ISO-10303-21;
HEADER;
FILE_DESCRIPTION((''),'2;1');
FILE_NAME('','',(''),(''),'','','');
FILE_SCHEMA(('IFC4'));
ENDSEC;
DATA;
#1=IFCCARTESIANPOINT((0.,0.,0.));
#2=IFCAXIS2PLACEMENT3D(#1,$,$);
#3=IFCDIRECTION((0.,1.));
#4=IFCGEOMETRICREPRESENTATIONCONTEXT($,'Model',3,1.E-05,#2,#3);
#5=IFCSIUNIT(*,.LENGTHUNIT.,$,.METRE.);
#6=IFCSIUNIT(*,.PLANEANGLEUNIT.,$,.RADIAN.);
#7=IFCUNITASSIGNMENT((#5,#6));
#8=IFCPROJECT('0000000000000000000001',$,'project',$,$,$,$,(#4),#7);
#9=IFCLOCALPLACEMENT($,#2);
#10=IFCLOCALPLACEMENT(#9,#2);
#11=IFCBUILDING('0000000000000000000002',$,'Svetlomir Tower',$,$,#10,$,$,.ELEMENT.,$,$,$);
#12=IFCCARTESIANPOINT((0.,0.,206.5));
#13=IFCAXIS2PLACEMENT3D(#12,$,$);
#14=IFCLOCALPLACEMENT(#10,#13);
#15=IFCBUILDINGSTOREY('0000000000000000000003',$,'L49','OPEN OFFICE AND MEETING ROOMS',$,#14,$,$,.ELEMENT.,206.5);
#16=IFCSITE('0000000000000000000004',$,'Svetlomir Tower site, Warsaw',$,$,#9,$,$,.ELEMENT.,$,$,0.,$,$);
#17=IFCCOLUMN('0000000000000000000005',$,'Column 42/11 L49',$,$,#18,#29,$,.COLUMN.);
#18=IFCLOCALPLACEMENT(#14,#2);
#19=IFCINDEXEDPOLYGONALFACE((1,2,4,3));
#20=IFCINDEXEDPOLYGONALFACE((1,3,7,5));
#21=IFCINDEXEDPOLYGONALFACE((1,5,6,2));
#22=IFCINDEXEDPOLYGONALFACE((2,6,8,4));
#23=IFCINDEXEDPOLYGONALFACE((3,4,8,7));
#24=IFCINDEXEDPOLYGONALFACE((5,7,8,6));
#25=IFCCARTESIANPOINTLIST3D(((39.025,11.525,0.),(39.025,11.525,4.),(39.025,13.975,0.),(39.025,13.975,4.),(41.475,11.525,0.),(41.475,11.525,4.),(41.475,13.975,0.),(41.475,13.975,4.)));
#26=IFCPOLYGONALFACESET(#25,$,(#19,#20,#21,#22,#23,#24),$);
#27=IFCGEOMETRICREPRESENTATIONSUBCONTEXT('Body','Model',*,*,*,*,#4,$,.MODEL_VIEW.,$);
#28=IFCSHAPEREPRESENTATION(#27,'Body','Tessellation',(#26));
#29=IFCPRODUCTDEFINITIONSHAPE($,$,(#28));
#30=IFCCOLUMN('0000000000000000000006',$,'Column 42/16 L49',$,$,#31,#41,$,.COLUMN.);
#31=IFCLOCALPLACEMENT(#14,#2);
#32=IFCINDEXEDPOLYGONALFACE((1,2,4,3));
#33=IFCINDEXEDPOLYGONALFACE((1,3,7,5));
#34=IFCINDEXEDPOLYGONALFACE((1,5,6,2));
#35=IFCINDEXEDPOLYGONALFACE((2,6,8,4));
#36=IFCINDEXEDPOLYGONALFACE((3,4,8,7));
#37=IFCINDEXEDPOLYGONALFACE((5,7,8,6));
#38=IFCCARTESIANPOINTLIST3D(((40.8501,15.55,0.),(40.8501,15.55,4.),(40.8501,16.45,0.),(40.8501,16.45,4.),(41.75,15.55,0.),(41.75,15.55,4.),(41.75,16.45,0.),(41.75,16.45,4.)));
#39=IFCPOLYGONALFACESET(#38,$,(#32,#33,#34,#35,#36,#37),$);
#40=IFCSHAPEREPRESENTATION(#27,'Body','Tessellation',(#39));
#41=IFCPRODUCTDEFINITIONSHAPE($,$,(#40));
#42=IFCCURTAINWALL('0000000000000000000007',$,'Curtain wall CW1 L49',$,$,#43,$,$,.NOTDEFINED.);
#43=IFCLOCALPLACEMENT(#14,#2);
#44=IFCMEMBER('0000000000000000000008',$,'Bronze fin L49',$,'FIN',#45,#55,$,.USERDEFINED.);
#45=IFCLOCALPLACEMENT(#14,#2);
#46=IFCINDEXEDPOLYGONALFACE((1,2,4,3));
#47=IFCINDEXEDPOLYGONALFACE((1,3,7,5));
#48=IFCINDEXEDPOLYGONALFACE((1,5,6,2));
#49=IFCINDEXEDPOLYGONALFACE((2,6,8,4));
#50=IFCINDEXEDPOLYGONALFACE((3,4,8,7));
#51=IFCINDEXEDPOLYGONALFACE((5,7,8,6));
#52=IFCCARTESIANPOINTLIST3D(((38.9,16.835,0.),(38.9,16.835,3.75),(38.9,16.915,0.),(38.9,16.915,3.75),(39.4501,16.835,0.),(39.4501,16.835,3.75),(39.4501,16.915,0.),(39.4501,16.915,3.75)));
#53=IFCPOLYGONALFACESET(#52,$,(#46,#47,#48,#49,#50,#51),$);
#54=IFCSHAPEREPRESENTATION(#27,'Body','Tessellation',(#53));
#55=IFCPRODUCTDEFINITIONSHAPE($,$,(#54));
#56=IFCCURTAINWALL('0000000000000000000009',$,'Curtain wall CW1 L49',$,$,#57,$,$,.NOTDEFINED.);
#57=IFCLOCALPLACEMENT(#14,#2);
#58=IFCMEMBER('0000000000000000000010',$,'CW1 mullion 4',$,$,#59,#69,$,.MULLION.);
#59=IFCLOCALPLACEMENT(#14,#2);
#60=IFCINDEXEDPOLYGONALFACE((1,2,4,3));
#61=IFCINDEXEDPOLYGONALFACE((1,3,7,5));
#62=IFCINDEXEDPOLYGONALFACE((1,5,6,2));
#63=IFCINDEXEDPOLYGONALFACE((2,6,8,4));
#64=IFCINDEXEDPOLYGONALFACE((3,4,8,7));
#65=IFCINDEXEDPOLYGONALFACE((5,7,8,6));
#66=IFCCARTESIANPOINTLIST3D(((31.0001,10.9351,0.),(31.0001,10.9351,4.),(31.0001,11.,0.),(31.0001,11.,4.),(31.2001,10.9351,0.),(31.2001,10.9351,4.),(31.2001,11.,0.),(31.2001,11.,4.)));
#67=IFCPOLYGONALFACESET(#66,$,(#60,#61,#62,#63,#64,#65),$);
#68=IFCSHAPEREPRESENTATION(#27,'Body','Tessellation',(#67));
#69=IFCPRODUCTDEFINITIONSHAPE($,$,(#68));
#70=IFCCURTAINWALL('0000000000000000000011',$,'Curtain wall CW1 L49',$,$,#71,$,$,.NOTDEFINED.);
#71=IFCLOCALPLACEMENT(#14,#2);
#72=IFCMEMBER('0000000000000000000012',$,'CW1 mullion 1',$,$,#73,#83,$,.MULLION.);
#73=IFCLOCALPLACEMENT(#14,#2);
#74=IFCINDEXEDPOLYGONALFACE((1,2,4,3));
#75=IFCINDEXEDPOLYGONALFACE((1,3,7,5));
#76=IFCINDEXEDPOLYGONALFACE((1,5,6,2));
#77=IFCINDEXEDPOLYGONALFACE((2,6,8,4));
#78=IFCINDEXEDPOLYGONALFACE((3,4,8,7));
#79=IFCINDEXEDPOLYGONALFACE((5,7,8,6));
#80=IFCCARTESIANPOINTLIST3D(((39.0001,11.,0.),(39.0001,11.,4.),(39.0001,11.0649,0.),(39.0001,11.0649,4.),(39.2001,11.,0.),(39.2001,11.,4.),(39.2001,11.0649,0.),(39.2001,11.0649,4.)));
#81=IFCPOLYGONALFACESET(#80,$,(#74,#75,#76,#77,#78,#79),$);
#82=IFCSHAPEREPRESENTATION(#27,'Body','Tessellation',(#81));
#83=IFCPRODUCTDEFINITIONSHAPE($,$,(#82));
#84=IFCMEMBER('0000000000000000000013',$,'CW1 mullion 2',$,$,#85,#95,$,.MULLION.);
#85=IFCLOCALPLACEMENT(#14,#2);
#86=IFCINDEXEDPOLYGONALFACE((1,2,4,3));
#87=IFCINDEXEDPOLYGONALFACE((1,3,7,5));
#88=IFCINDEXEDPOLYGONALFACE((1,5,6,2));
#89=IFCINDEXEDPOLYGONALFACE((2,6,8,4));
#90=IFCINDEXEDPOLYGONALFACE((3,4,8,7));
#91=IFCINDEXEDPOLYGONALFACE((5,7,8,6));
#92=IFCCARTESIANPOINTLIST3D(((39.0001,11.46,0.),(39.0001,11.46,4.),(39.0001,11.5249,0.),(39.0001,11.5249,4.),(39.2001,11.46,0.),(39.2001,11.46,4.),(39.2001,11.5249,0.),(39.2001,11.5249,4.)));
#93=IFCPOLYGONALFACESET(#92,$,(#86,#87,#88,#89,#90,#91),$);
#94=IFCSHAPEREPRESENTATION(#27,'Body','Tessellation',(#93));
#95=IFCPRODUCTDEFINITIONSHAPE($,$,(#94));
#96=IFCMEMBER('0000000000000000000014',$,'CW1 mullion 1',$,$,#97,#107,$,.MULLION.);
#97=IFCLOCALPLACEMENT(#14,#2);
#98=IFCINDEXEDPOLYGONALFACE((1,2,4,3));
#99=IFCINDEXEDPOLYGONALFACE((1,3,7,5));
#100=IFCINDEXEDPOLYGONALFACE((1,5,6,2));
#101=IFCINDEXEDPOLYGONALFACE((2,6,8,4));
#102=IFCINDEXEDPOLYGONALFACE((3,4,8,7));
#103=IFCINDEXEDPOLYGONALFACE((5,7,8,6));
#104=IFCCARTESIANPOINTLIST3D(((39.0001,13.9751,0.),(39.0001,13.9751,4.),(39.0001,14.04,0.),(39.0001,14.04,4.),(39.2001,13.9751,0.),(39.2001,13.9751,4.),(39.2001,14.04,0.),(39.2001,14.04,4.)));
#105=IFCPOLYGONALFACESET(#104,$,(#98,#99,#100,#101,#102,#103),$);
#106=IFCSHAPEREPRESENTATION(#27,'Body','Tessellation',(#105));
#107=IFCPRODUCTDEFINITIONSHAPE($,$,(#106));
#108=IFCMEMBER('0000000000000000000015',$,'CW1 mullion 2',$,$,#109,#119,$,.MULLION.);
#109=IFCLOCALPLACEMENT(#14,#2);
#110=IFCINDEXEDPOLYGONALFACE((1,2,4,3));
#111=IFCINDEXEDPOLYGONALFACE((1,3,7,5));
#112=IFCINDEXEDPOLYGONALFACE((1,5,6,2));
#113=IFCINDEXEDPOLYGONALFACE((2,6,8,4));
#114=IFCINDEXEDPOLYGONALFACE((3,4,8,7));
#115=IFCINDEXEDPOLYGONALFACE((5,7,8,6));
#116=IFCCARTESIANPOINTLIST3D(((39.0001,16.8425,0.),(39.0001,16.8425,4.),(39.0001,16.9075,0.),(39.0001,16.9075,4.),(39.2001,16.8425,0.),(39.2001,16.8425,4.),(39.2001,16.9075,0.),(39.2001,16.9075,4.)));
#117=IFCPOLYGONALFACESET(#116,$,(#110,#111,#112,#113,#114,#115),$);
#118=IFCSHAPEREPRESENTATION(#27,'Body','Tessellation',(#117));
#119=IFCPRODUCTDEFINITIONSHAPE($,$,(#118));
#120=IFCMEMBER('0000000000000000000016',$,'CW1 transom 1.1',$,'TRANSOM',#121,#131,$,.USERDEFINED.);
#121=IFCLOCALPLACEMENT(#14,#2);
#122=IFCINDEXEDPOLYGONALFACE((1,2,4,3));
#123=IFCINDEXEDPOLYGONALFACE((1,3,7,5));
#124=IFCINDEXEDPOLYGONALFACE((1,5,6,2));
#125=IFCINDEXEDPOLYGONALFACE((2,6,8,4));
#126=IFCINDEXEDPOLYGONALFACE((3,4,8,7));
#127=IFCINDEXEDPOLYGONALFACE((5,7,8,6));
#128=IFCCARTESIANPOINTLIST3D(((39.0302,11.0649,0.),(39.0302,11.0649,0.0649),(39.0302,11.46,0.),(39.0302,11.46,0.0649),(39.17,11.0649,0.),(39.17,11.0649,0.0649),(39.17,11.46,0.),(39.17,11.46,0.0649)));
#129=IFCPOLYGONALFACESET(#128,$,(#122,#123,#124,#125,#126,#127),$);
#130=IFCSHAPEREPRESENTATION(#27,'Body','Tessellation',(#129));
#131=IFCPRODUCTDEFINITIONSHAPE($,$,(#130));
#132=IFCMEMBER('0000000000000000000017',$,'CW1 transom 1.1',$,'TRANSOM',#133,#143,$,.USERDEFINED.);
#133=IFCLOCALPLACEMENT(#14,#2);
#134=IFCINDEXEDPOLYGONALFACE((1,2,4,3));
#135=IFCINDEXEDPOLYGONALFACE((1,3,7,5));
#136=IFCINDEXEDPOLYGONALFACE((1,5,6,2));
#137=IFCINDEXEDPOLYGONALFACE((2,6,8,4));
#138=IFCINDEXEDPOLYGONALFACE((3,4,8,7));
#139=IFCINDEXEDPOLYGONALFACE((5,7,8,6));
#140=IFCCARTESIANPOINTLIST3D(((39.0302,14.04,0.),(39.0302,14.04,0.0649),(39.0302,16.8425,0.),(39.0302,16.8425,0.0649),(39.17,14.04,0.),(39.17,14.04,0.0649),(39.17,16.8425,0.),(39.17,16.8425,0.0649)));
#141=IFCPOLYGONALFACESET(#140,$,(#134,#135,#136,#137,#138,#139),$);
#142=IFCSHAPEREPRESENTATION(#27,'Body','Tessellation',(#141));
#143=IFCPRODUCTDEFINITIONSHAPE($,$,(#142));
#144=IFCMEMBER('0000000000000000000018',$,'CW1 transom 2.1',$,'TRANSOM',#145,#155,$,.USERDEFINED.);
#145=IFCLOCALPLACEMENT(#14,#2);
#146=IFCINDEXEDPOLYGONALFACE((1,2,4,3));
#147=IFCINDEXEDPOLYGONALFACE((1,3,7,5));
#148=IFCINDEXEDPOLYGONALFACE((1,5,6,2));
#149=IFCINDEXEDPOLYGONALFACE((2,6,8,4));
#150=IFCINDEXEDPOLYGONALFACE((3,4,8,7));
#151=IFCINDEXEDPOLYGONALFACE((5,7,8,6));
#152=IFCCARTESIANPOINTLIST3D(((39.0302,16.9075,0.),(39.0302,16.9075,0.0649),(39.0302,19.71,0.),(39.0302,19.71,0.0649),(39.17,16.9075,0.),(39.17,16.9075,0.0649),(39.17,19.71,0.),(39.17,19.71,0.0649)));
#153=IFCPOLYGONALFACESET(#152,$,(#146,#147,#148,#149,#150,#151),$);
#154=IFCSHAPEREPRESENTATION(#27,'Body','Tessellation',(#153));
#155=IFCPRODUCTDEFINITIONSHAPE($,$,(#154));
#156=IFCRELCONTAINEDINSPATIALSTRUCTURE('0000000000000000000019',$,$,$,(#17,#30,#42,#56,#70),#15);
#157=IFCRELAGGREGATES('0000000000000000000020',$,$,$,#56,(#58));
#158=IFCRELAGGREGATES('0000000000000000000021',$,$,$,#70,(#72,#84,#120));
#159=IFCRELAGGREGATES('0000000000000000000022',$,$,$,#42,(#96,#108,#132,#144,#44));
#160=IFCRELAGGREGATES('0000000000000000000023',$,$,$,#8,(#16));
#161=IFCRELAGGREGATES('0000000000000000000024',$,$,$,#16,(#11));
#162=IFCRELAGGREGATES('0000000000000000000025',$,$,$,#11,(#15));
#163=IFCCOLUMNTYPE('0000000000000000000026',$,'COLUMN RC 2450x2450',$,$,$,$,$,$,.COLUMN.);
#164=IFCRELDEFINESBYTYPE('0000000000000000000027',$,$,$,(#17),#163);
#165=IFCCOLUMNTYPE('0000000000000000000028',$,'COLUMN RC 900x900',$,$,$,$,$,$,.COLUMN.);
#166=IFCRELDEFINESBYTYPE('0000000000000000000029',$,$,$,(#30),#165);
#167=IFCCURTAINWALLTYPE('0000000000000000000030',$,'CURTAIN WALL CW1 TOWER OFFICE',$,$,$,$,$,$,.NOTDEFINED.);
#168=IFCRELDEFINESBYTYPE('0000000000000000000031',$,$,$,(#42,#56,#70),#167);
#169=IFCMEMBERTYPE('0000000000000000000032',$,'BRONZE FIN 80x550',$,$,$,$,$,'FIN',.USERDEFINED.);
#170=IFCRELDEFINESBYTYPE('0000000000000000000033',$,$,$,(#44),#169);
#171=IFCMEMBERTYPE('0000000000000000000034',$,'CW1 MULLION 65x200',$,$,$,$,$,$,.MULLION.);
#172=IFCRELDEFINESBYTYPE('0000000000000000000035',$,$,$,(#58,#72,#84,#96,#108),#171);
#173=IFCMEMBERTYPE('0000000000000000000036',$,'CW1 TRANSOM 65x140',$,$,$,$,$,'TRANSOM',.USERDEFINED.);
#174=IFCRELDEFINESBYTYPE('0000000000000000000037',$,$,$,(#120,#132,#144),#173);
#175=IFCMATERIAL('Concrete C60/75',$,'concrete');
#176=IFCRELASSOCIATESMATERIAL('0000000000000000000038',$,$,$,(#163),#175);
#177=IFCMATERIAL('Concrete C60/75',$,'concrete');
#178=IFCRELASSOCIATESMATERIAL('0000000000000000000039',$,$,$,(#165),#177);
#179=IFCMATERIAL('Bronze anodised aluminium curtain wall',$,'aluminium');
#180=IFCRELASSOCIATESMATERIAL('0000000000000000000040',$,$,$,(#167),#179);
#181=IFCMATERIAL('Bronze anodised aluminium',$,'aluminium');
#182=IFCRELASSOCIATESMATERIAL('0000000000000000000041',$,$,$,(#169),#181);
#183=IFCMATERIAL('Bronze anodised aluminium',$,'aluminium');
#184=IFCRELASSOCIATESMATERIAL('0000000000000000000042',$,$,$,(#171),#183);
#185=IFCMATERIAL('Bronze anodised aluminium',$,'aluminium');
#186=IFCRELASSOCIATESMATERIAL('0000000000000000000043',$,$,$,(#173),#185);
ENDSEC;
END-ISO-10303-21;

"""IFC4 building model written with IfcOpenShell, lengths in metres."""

from ifc_helpers import new_model, si_unit, direction, frame, origin, origin_2d, place, context, subcontext, project, spatial, rectangle, extrude, material, material_profile, profile_set, type_object, element, aggregate, save


model = new_model("IFC4")

# Units and contexts
model_context = context("Model", 3, precision=1e-05, world=origin(), true_north=direction((0.0, 1.0)))
body_context = subcontext(model_context, "Body", "Model", "MODEL_VIEW")
ifc_project = project(units=[si_unit("LENGTHUNIT", "METRE"), si_unit("PLANEANGLEUNIT", "RADIAN")], contexts=[model_context])

# Site, building, storey
site_placement = place(None, origin())
site = spatial("IfcSite", under=ifc_project, at=site_placement, Name="Svetlomir Tower site, Warsaw", CompositionType="ELEMENT", RefElevation=0.0)
building_placement = place(site_placement, origin())
building = spatial("IfcBuilding", under=site, at=building_placement, Name="Svetlomir Tower", CompositionType="ELEMENT")
storey_placement = place(building_placement, frame((0.0, 0.0, 206.5)))
storey = spatial("IfcBuildingStorey", under=building, at=storey_placement, Name="L49", Description="OPEN OFFICE AND MEETING ROOMS", CompositionType="ELEMENT", Elevation=206.5)

# Columns
ifc_material_1 = material(Name="Concrete C60/75", Category="concrete")
ifc_material_profile_1 = material_profile(ifc_material_1, rectangle(XDim=2.45, YDim=2.45, at=origin_2d()), Name="RC 2450x2450")
ifc_profile_set_1 = profile_set([ifc_material_profile_1], Name="Concrete C60/75")
column_type_1 = type_object("IfcColumnType", Name="COLUMN RC 2450x2450", PredefinedType="COLUMN", material=ifc_profile_set_1)
column_1_placement = place(storey_placement, frame((40.25, 12.75, 0.0), z_axis=(0.0, 0.0, 1.0), x_axis=(1.0, 0.0, 0.0)))
element("IfcColumn", 1, at=column_1_placement, inside=storey, type_object=column_type_1, Name="Column 42/11 L49", PredefinedType="COLUMN", context=body_context, shape_type="SweptSolid", body=[
    extrude(rectangle(XDim=2.45, YDim=2.45, at=origin_2d()), origin(), (0.0, 0.0, 1.0), 4.0),
])
ifc_material_2 = material(Name="Concrete C60/75", Category="concrete")
ifc_material_profile_2 = material_profile(ifc_material_2, rectangle(XDim=0.8999, YDim=0.8999, at=origin_2d()), Name="RC 900x900")
ifc_profile_set_2 = profile_set([ifc_material_profile_2], Name="Concrete C60/75")
column_type_2 = type_object("IfcColumnType", Name="COLUMN RC 900x900", PredefinedType="COLUMN", material=ifc_profile_set_2)
column_2_placement = place(storey_placement, frame((41.3, 16.0, 0.0), z_axis=(0.0, 0.0, 1.0), x_axis=(1.0, 0.0, 0.0)))
element("IfcColumn", 2, at=column_2_placement, inside=storey, type_object=column_type_2, Name="Column 42/16 L49", PredefinedType="COLUMN", context=body_context, shape_type="SweptSolid", body=[
    extrude(rectangle(XDim=0.8999, YDim=0.8999, at=origin_2d()), origin(), (0.0, 0.0, 1.0), 4.0),
])

# Curtain walls, members
ifc_material_3 = material(Name="Bronze anodised aluminium curtain wall", Category="aluminium")
curtain_wall_type = type_object("IfcCurtainWallType", Name="CURTAIN WALL CW1 TOWER OFFICE", PredefinedType="NOTDEFINED", material=ifc_material_3)
curtain_wall_1_placement = place(storey_placement, origin())
curtain_wall_1 = element("IfcCurtainWall", 3, at=curtain_wall_1_placement, inside=storey, type_object=curtain_wall_type, Name="Curtain wall CW1 L49", PredefinedType="NOTDEFINED")
ifc_material_4 = material(Name="Bronze anodised aluminium", Category="aluminium")
ifc_material_profile_3 = material_profile(ifc_material_4, rectangle(XDim=0.0801, YDim=0.55, at=origin_2d()), Name="FIN 80x550")
ifc_profile_set_3 = profile_set([ifc_material_profile_3], Name="Bronze anodised aluminium 6063-T6")
member_type_1 = type_object("IfcMemberType", Name="BRONZE FIN 80x550", ElementType="FIN", PredefinedType="USERDEFINED", material=ifc_profile_set_3)
member_1_placement = place(storey_placement, frame((39.175, 16.875, 0.0), z_axis=(0.0, 0.0, 1.0), x_axis=(0.0, 1.0, 0.0)))
member_1 = element("IfcMember", 4, at=member_1_placement, type_object=member_type_1, Name="Bronze fin L49", ObjectType="FIN", PredefinedType="USERDEFINED", context=body_context, shape_type="SweptSolid", body=[
    extrude(rectangle(XDim=0.0801, YDim=0.55, at=origin_2d()), origin(), (0.0, 0.0, 1.0), 3.75),
])
curtain_wall_2_placement = place(storey_placement, origin())
curtain_wall_2 = element("IfcCurtainWall", 5, at=curtain_wall_2_placement, inside=storey, type_object=curtain_wall_type, Name="Curtain wall CW1 L49", PredefinedType="NOTDEFINED")
ifc_material_5 = material(Name="Bronze anodised aluminium", Category="aluminium")
ifc_material_profile_4 = material_profile(ifc_material_5, rectangle(XDim=0.0649, YDim=0.2, at=origin_2d()), Name="AL 65x200")
ifc_profile_set_4 = profile_set([ifc_material_profile_4], Name="Bronze anodised aluminium 6063-T6")
member_type_2 = type_object("IfcMemberType", Name="CW1 MULLION 65x200", PredefinedType="MULLION", material=ifc_profile_set_4)
member_2_placement = place(storey_placement, frame((31.1001, 10.9675, 0.0), z_axis=(0.0, 0.0, 1.0), x_axis=(0.0, 1.0, 0.0)))
member_2 = element("IfcMember", 6, at=member_2_placement, type_object=member_type_2, Name="CW1 mullion 4", PredefinedType="MULLION", context=body_context, shape_type="SweptSolid", body=[
    extrude(rectangle(XDim=0.0649, YDim=0.2, at=origin_2d()), origin(), (0.0, 0.0, 1.0), 4.0),
])
aggregate(curtain_wall_2, [member_2])

# Curtain wall, members
curtain_wall_3_placement = place(storey_placement, origin())
curtain_wall_3 = element("IfcCurtainWall", 7, at=curtain_wall_3_placement, inside=storey, type_object=curtain_wall_type, Name="Curtain wall CW1 L49", PredefinedType="NOTDEFINED")
member_3_placement = place(storey_placement, frame((39.1001, 11.0325, 0.0), z_axis=(0.0, 0.0, 1.0), x_axis=(0.0, 1.0, 0.0)))
member_3 = element("IfcMember", 8, at=member_3_placement, type_object=member_type_2, Name="CW1 mullion 1", PredefinedType="MULLION", context=body_context, shape_type="SweptSolid", body=[
    extrude(rectangle(XDim=0.0649, YDim=0.2, at=origin_2d()), origin(), (0.0, 0.0, 1.0), 4.0),
])
member_4_placement = place(storey_placement, frame((39.1001, 11.4924, 0.0), z_axis=(0.0, 0.0, 1.0), x_axis=(0.0, 1.0, 0.0)))
member_4 = element("IfcMember", 9, at=member_4_placement, type_object=member_type_2, Name="CW1 mullion 2", PredefinedType="MULLION", context=body_context, shape_type="SweptSolid", body=[
    extrude(rectangle(XDim=0.0649, YDim=0.2, at=origin_2d()), origin(), (0.0, 0.0, 1.0), 4.0),
])

# Members
member_5_placement = place(storey_placement, frame((39.1001, 14.0076, 0.0), z_axis=(0.0, 0.0, 1.0), x_axis=(0.0, 1.0, 0.0)))
member_5 = element("IfcMember", 10, at=member_5_placement, type_object=member_type_2, Name="CW1 mullion 1", PredefinedType="MULLION", context=body_context, shape_type="SweptSolid", body=[
    extrude(rectangle(XDim=0.0649, YDim=0.2, at=origin_2d()), origin(), (0.0, 0.0, 1.0), 4.0),
])
member_6_placement = place(storey_placement, frame((39.1001, 16.875, 0.0), z_axis=(0.0, 0.0, 1.0), x_axis=(0.0, 1.0, 0.0)))
member_6 = element("IfcMember", 11, at=member_6_placement, type_object=member_type_2, Name="CW1 mullion 2", PredefinedType="MULLION", context=body_context, shape_type="SweptSolid", body=[
    extrude(rectangle(XDim=0.0649, YDim=0.2, at=origin_2d()), origin(), (0.0, 0.0, 1.0), 4.0),
])
ifc_material_6 = material(Name="Bronze anodised aluminium", Category="aluminium")
ifc_material_profile_5 = material_profile(ifc_material_6, rectangle(XDim=0.1399, YDim=0.0649, at=origin_2d()), Name="AL 140x65")
ifc_profile_set_5 = profile_set([ifc_material_profile_5], Name="Bronze anodised aluminium 6063-T6")
member_type_3 = type_object("IfcMemberType", Name="CW1 TRANSOM 65x140", ElementType="TRANSOM", PredefinedType="USERDEFINED", material=ifc_profile_set_5)
member_7_placement = place(storey_placement, frame((39.1001, 11.0649, 0.0325), z_axis=(0.0, 1.0, 0.0), x_axis=(-1.0, 0.0, 0.0)))
member_7 = element("IfcMember", 12, at=member_7_placement, type_object=member_type_3, Name="CW1 transom 1.1", ObjectType="TRANSOM", PredefinedType="USERDEFINED", context=body_context, shape_type="SweptSolid", body=[
    extrude(rectangle(XDim=0.1399, YDim=0.0649, at=origin_2d()), origin(), (0.0, 0.0, 1.0), 0.395),
])
member_8_placement = place(storey_placement, frame((39.1001, 14.04, 0.0325), z_axis=(0.0, 1.0, 0.0), x_axis=(-1.0, 0.0, 0.0)))
member_8 = element("IfcMember", 13, at=member_8_placement, type_object=member_type_3, Name="CW1 transom 1.1", ObjectType="TRANSOM", PredefinedType="USERDEFINED", context=body_context, shape_type="SweptSolid", body=[
    extrude(rectangle(XDim=0.1399, YDim=0.0649, at=origin_2d()), origin(), (0.0, 0.0, 1.0), 2.8025),
])
member_9_placement = place(storey_placement, frame((39.1001, 16.9075, 0.0325), z_axis=(0.0, 1.0, 0.0), x_axis=(-1.0, 0.0, 0.0)))
member_9 = element("IfcMember", 14, at=member_9_placement, type_object=member_type_3, Name="CW1 transom 2.1", ObjectType="TRANSOM", PredefinedType="USERDEFINED", context=body_context, shape_type="SweptSolid", body=[
    extrude(rectangle(XDim=0.1399, YDim=0.0649, at=origin_2d()), origin(), (0.0, 0.0, 1.0), 2.8025),
])

aggregate(curtain_wall_3, [member_3, member_4, member_7])
aggregate(curtain_wall_1, [member_5, member_6, member_8, member_9, member_1])

save(model, "model.ifc")
